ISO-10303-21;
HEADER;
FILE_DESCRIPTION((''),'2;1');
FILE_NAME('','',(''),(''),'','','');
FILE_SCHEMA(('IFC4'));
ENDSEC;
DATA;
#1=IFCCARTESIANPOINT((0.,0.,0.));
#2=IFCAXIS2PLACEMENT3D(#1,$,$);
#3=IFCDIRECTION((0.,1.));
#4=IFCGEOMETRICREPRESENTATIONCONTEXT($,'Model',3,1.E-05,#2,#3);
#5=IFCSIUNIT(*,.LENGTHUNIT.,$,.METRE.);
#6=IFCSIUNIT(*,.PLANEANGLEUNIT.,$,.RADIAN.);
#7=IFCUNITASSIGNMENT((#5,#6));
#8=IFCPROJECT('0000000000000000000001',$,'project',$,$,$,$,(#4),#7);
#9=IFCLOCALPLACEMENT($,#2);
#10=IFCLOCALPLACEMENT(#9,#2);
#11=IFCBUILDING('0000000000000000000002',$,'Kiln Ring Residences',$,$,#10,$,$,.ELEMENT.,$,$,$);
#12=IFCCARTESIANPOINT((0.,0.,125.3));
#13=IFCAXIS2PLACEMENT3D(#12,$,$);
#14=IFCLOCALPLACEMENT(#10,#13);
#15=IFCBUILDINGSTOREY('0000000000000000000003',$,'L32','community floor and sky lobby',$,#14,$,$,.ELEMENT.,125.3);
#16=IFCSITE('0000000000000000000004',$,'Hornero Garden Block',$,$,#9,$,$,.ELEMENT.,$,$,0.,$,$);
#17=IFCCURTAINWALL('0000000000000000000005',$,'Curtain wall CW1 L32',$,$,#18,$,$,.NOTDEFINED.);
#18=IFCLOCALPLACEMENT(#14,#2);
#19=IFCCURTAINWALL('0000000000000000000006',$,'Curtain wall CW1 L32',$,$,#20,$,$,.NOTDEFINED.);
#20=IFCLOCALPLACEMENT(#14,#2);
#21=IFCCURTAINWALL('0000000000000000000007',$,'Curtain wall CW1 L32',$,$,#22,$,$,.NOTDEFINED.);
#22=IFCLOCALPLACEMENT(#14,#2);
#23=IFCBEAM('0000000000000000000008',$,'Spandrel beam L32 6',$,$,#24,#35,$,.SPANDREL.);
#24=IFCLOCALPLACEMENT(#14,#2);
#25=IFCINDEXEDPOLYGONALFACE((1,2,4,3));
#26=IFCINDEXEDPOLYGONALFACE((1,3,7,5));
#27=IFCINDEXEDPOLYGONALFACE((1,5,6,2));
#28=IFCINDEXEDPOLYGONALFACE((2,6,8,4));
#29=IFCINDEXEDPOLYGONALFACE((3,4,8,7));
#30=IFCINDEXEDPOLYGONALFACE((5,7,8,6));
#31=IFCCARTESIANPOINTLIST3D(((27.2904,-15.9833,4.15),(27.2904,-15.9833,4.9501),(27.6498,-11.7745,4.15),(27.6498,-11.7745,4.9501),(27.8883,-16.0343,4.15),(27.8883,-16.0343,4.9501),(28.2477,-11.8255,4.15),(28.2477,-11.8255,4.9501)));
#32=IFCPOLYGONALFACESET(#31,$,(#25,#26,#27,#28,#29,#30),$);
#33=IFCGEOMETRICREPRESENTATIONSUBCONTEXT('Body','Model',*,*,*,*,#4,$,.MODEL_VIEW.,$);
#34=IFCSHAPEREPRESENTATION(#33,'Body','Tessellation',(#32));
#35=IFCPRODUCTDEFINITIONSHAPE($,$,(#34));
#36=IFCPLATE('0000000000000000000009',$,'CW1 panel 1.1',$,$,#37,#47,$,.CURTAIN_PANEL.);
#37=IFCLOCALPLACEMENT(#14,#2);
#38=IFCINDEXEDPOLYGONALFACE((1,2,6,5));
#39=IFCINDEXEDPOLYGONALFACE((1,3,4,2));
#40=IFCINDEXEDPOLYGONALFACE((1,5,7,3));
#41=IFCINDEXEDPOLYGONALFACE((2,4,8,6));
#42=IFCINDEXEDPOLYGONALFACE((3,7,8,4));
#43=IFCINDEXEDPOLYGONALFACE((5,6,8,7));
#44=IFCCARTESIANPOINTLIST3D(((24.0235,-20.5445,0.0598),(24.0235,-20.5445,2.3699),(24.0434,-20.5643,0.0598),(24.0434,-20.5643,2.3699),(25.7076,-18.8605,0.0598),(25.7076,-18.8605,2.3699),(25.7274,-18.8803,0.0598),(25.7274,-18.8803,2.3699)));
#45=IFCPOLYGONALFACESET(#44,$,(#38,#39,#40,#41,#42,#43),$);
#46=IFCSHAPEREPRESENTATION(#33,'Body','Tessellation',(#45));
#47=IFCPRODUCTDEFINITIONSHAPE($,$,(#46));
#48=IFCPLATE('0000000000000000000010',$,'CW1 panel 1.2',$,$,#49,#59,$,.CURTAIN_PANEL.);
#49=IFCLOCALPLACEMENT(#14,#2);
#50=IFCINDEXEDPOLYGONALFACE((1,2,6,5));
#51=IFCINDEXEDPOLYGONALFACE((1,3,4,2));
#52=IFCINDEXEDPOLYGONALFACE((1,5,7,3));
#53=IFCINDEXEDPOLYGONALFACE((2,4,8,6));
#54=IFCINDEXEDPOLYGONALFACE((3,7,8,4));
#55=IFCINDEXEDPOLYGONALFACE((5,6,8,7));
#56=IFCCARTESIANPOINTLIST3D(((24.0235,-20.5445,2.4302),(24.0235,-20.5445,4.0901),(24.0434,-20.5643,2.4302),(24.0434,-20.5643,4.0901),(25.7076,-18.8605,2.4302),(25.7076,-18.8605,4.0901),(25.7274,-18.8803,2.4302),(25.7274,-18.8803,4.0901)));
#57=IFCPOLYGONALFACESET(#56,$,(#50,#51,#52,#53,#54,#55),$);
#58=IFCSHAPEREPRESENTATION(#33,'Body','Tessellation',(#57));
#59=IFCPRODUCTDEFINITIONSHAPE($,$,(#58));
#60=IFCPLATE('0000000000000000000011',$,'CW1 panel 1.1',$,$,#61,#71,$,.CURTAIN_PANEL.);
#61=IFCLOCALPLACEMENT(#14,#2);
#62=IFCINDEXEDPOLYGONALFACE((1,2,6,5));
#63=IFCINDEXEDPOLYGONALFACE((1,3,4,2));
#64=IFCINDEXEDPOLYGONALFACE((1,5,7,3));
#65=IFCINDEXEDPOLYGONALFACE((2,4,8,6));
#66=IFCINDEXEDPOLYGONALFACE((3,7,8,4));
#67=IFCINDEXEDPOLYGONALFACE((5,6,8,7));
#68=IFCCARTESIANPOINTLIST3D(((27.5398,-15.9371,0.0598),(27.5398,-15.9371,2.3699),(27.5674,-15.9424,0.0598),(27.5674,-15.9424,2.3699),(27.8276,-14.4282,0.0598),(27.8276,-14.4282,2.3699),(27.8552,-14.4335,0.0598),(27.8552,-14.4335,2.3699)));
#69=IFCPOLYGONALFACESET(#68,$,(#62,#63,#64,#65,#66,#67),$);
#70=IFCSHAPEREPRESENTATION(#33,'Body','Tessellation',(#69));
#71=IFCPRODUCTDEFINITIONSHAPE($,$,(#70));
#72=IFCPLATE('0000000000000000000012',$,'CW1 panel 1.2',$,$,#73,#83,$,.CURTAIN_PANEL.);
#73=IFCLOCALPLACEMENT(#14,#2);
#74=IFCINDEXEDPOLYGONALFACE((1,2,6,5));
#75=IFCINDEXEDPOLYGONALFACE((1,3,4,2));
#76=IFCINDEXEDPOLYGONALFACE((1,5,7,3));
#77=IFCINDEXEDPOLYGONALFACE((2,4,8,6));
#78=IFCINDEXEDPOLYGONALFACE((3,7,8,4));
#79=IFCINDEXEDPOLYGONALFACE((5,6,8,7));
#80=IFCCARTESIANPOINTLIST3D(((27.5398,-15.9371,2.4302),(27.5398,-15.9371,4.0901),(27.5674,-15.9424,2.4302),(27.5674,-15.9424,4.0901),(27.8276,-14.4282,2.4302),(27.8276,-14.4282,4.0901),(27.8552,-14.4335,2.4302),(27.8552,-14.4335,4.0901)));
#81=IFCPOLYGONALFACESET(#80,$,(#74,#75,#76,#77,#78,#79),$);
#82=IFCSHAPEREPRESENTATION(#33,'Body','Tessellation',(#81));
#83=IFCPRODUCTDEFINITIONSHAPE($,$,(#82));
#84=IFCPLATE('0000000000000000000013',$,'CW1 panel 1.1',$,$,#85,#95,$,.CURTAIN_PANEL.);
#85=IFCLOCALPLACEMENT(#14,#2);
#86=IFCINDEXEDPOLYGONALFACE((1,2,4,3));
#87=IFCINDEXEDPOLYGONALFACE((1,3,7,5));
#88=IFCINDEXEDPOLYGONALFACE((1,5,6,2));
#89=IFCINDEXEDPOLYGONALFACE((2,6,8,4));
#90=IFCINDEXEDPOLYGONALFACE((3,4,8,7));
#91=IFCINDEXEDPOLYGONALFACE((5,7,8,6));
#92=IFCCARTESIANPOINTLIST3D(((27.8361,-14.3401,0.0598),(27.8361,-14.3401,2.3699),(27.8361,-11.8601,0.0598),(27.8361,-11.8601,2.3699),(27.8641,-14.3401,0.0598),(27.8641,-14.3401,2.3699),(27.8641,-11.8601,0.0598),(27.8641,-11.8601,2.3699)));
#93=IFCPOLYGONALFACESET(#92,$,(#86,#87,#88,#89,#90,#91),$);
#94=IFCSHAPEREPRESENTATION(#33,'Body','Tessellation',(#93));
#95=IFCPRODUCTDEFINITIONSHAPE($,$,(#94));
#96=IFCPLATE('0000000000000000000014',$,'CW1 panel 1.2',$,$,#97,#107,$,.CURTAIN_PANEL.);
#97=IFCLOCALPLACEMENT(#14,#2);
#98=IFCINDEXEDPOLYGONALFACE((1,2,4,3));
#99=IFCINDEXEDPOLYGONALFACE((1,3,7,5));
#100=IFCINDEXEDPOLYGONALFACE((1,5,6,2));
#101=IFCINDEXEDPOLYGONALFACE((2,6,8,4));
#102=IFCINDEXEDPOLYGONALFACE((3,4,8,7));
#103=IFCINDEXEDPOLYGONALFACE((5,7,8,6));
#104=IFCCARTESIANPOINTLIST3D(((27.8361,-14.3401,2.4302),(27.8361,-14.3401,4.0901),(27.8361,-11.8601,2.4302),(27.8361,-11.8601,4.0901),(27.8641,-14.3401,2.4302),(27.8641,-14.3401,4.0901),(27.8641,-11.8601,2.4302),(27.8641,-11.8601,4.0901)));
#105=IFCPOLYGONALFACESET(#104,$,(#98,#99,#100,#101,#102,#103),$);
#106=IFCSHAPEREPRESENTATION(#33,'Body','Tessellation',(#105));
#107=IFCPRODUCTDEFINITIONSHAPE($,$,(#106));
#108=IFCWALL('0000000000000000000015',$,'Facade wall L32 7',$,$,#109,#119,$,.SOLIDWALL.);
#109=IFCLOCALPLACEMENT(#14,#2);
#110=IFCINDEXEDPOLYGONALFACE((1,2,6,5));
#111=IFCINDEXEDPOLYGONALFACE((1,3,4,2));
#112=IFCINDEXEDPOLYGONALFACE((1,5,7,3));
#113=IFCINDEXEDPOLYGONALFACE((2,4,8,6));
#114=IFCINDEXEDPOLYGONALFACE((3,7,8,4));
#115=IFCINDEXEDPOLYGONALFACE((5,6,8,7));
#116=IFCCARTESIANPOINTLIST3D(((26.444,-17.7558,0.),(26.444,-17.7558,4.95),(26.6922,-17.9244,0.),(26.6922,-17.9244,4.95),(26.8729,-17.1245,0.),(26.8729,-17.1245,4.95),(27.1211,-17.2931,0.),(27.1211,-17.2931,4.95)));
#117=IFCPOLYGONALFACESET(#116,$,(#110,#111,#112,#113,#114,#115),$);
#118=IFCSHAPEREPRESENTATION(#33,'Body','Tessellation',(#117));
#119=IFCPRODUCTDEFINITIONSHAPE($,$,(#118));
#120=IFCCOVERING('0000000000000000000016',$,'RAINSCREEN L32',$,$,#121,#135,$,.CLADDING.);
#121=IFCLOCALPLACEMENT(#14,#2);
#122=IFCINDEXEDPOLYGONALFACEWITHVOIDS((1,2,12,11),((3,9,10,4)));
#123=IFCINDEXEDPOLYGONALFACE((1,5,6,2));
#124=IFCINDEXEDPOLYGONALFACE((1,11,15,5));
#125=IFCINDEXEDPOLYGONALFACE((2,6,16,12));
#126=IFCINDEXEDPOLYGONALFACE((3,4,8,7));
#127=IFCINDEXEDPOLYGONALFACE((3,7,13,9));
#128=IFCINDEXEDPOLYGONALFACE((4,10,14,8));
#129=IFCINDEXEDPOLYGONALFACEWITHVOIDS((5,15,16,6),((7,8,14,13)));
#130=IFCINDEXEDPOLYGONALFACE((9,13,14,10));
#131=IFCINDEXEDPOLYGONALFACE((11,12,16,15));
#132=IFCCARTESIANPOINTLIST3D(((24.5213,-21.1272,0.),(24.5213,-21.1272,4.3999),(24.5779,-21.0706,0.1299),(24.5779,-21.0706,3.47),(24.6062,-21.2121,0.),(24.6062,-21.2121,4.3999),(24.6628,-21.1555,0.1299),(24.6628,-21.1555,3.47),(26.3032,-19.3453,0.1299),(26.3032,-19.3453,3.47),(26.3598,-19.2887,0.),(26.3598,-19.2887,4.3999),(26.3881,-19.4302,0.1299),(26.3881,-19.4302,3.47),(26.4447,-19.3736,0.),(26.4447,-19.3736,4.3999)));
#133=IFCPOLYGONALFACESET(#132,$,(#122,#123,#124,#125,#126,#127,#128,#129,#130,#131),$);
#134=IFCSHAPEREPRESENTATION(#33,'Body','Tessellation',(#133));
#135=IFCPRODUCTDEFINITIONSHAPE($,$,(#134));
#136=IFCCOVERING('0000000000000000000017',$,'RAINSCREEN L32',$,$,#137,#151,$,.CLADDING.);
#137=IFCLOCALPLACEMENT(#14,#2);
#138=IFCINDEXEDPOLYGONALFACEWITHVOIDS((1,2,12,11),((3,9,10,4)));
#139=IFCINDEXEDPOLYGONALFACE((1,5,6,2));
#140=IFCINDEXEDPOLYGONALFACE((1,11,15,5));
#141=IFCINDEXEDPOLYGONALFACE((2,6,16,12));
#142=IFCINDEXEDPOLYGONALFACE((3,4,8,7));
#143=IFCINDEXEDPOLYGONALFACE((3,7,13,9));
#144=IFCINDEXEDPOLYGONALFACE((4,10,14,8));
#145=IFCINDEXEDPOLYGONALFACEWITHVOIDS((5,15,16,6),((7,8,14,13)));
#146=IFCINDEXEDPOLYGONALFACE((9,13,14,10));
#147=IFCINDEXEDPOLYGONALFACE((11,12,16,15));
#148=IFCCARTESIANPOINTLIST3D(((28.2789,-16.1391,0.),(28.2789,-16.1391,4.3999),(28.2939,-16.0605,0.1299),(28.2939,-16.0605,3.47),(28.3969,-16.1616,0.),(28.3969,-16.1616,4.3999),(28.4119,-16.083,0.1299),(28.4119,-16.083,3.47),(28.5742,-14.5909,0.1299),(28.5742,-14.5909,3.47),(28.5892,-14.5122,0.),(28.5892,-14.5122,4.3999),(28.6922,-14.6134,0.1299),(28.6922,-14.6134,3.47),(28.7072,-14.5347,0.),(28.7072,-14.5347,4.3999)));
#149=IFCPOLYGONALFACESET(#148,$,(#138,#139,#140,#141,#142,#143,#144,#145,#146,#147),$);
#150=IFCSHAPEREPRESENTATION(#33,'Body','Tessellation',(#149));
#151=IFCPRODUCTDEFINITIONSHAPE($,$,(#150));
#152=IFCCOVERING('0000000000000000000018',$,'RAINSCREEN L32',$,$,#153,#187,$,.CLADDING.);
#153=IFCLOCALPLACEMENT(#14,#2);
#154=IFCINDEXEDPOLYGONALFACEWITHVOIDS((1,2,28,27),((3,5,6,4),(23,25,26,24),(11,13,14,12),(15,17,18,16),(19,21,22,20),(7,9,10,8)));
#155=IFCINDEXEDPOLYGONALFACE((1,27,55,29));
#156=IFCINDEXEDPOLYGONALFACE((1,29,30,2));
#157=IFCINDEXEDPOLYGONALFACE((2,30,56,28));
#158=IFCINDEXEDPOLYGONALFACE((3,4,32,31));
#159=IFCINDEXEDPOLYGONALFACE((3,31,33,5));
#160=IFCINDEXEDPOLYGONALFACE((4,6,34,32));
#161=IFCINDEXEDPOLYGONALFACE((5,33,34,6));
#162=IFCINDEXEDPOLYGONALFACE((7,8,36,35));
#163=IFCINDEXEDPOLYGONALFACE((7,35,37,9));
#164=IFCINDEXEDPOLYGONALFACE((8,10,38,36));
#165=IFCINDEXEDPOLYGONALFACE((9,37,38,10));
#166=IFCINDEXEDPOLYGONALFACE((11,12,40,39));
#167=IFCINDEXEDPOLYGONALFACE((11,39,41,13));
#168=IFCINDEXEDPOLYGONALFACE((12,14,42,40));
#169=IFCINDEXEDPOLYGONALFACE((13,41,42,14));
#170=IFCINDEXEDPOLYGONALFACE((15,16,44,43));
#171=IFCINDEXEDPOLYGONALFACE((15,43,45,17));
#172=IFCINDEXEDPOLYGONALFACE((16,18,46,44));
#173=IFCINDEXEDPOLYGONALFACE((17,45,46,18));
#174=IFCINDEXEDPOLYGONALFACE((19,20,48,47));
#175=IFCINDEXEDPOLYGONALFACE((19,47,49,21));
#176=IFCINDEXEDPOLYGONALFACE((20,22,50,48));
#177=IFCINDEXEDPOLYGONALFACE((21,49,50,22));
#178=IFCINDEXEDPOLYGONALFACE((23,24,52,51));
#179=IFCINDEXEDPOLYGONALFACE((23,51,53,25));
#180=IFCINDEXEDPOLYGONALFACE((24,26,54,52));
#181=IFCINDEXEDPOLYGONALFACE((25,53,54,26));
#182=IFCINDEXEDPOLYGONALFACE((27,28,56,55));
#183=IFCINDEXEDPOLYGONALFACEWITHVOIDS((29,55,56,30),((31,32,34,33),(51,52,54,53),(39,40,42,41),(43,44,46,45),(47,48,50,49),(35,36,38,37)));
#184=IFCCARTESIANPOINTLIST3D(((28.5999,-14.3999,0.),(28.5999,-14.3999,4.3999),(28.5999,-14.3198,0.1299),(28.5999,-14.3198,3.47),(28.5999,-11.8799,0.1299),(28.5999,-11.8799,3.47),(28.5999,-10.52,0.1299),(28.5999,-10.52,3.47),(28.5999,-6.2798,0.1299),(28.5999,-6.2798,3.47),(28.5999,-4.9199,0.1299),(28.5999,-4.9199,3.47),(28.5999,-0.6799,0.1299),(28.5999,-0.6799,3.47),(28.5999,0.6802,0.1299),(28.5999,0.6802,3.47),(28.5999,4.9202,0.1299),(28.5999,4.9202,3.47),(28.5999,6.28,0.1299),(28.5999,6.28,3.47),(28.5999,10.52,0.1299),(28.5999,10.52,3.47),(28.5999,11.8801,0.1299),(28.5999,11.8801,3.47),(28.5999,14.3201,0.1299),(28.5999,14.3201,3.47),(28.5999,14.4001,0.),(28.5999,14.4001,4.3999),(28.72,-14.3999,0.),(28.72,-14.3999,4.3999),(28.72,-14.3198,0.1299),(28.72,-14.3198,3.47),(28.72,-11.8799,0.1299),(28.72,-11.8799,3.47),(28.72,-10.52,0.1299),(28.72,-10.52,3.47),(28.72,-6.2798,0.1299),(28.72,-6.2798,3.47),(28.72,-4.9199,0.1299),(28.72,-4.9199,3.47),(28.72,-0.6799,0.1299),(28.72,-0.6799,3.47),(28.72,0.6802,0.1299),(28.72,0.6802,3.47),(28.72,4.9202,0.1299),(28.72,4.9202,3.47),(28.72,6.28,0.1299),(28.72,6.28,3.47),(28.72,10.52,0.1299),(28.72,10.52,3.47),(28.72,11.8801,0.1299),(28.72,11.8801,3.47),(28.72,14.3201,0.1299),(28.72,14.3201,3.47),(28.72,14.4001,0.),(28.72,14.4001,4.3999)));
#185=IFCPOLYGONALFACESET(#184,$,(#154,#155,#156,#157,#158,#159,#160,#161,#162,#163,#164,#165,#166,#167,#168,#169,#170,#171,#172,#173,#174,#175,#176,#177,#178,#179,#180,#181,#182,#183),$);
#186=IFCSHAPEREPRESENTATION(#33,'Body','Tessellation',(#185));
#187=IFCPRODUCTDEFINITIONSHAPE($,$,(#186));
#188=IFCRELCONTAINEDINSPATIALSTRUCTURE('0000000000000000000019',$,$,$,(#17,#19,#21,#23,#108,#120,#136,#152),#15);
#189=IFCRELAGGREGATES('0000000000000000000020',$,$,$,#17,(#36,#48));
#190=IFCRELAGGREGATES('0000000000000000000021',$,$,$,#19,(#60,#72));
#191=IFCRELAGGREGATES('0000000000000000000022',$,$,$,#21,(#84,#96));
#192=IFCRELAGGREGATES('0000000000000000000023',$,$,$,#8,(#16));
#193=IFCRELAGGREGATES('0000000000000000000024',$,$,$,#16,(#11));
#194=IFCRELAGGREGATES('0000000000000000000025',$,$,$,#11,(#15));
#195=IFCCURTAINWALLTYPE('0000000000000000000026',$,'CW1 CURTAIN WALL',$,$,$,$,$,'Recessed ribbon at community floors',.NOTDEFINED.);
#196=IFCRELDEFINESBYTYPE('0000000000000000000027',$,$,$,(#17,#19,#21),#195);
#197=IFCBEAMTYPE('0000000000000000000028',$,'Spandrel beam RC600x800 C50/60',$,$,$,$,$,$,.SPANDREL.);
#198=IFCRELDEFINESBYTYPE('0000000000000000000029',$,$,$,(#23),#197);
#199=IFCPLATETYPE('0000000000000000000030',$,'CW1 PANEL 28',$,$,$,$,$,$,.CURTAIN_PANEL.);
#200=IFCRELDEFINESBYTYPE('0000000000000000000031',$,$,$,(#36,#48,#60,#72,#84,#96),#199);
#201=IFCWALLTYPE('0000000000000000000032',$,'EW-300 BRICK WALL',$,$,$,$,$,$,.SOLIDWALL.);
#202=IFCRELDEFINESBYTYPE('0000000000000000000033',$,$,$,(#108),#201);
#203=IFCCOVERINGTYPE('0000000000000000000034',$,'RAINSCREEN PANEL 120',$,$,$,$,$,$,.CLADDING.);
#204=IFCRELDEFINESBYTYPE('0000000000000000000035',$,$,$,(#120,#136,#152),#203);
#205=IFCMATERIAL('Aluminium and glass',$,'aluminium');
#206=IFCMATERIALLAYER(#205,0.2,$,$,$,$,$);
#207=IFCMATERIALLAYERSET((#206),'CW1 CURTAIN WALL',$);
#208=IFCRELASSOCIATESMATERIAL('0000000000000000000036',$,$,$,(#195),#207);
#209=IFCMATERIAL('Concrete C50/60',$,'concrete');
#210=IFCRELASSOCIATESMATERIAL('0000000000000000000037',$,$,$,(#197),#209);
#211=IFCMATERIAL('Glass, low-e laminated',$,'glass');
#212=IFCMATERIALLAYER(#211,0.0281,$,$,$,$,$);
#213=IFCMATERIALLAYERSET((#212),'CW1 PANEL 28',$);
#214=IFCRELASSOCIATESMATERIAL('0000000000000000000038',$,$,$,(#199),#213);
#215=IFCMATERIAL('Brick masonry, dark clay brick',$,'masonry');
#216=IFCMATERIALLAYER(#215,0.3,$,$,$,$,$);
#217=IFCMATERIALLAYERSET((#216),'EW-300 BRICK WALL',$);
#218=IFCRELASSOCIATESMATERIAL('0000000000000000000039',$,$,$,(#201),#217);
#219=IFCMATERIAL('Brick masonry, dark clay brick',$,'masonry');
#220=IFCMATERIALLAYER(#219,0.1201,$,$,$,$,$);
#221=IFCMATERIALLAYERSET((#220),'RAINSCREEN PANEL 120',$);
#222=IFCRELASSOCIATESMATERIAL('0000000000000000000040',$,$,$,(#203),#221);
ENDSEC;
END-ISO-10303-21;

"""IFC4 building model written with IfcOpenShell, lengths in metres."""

from ifc_helpers import new_model, si_unit, direction, frame, frame_2d, origin, origin_2d, place, context, subcontext, project, spatial, polyline, rectangle, outline, extrude, material, layer, layer_set, material_profile, profile_set, type_object, element, aggregate, save


model = new_model("IFC4")

# Units and contexts
model_context = context("Model", 3, precision=1e-05, world=origin(), true_north=direction((0.0, 1.0)))
body_context = subcontext(model_context, "Body", "Model", "MODEL_VIEW")
ifc_project = project(units=[si_unit("LENGTHUNIT", "METRE"), si_unit("PLANEANGLEUNIT", "RADIAN")], contexts=[model_context])

# Site, building, storey
site_placement = place(None, origin())
site = spatial("IfcSite", under=ifc_project, at=site_placement, Name="Hornero Garden Block", CompositionType="ELEMENT", RefElevation=0.0)
building_placement = place(site_placement, origin())
building = spatial("IfcBuilding", under=site, at=building_placement, Name="Kiln Ring Residences", CompositionType="ELEMENT")
storey_placement = place(building_placement, frame((0.0, 0.0, 125.3)))
storey = spatial("IfcBuildingStorey", under=building, at=storey_placement, Name="L32", Description="community floor and sky lobby", CompositionType="ELEMENT", Elevation=125.3)

# Curtain wall
ifc_material_1 = material(Name="Aluminium and glass", Category="aluminium")
ifc_layer_1 = layer(ifc_material_1, 0.2)
ifc_layer_set_1 = layer_set([ifc_layer_1], Name="CW1 CURTAIN WALL")
curtain_wall_type = type_object("IfcCurtainWallType", Name="CW1 CURTAIN WALL", ElementType="Recessed ribbon at community floors", PredefinedType="NOTDEFINED", material=ifc_layer_set_1)
placement = place(storey_placement, origin())
curtain_wall_1 = element("IfcCurtainWall", 1, at=placement, inside=storey, type_object=curtain_wall_type, Name="Curtain wall CW1 L32", PredefinedType="NOTDEFINED")

# Curtain wall
curtain_wall_2 = element("IfcCurtainWall", 2, at=placement, inside=storey, type_object=curtain_wall_type, Name="Curtain wall CW1 L32", PredefinedType="NOTDEFINED")

# Curtain wall
curtain_wall_3 = element("IfcCurtainWall", 3, at=placement, inside=storey, type_object=curtain_wall_type, Name="Curtain wall CW1 L32", PredefinedType="NOTDEFINED")

# Beam
ifc_material_2 = material(Name="Concrete C50/60", Category="concrete")
ifc_material_profile_1 = material_profile(ifc_material_2, rectangle(XDim=0.6001, YDim=0.8, at=origin_2d()), Name="RC600x800")
ifc_profile_set_1 = profile_set([ifc_material_profile_1], Name="Concrete C50/60")
beam_type = type_object("IfcBeamType", Name="Spandrel beam RC600x800 C50/60", PredefinedType="SPANDREL", material=ifc_profile_set_1)
beam_placement = place(storey_placement, frame((27.5894, -16.0088, 4.55), z_axis=(0.085078, 0.996374, 0.0), x_axis=(-0.996374, 0.085078, 0.0)))
element("IfcBeam", 4, at=beam_placement, inside=storey, type_object=beam_type, Name="Spandrel beam L32 6", PredefinedType="SPANDREL", context=body_context, shape_type="SweptSolid", body=[
    extrude(rectangle(XDim=0.6001, YDim=0.8, at=origin_2d()), origin(), (0.0, 0.0, 1.0), 4.2241),
])

# Plates
ifc_material_3 = material(Name="Glass, low-e laminated", Category="glass")
ifc_layer_2 = layer(ifc_material_3, 0.0281)
ifc_layer_set_2 = layer_set([ifc_layer_2], Name="CW1 PANEL 28")
plate_type = type_object("IfcPlateType", Name="CW1 PANEL 28", PredefinedType="CURTAIN_PANEL", material=ifc_layer_set_2)
plate_1_placement = place(storey_placement, frame((24.8755, -19.7124, 0.0598), z_axis=(0.0, 0.0, 1.0), x_axis=(0.707107, 0.707107, 0.0)))
plate_1 = element("IfcPlate", 5, at=plate_1_placement, type_object=plate_type, Name="CW1 panel 1.1", PredefinedType="CURTAIN_PANEL", context=body_context, shape_type="SweptSolid", body=[
    extrude(rectangle(XDim=2.3816, YDim=0.0281, at=origin_2d()), origin(), (0.0, 0.0, 1.0), 2.3101),
])
plate_2_placement = place(storey_placement, frame((24.8755, -19.7124, 2.4302), z_axis=(0.0, 0.0, 1.0), x_axis=(0.707107, 0.707107, 0.0)))
plate_2 = element("IfcPlate", 6, at=plate_2_placement, type_object=plate_type, Name="CW1 panel 1.2", PredefinedType="CURTAIN_PANEL", context=body_context, shape_type="SweptSolid", body=[
    extrude(rectangle(XDim=2.3816, YDim=0.0281, at=origin_2d()), origin(), (0.0, 0.0, 1.0), 1.6599),
])
aggregate(curtain_wall_1, [plate_1, plate_2])
plate_3_placement = place(storey_placement, frame((27.6975, -15.1853, 0.0598), z_axis=(0.0, 0.0, 1.0), x_axis=(0.187366, 0.98229, 0.0)))
plate_3 = element("IfcPlate", 7, at=plate_3_placement, type_object=plate_type, Name="CW1 panel 1.1", PredefinedType="CURTAIN_PANEL", context=body_context, shape_type="SweptSolid", body=[
    extrude(rectangle(XDim=1.5361, YDim=0.0281, at=origin_2d()), origin(), (0.0, 0.0, 1.0), 2.3101),
])
plate_4_placement = place(storey_placement, frame((27.6975, -15.1853, 2.4302), z_axis=(0.0, 0.0, 1.0), x_axis=(0.187366, 0.98229, 0.0)))
plate_4 = element("IfcPlate", 8, at=plate_4_placement, type_object=plate_type, Name="CW1 panel 1.2", PredefinedType="CURTAIN_PANEL", context=body_context, shape_type="SweptSolid", body=[
    extrude(rectangle(XDim=1.5361, YDim=0.0281, at=origin_2d()), origin(), (0.0, 0.0, 1.0), 1.6599),
])
aggregate(curtain_wall_2, [plate_3, plate_4])
plate_5_placement = place(storey_placement, frame((27.8501, -13.1001, 0.0598), z_axis=(0.0, 0.0, 1.0), x_axis=(0.0, 1.0, 0.0)))
plate_5 = element("IfcPlate", 9, at=plate_5_placement, type_object=plate_type, Name="CW1 panel 1.1", PredefinedType="CURTAIN_PANEL", context=body_context, shape_type="SweptSolid", body=[
    extrude(rectangle(XDim=2.48, YDim=0.0281, at=origin_2d()), origin(), (0.0, 0.0, 1.0), 2.3101),
])
plate_6_placement = place(storey_placement, frame((27.8501, -13.1001, 2.4302), z_axis=(0.0, 0.0, 1.0), x_axis=(0.0, 1.0, 0.0)))
plate_6 = element("IfcPlate", 10, at=plate_6_placement, type_object=plate_type, Name="CW1 panel 1.2", PredefinedType="CURTAIN_PANEL", context=body_context, shape_type="SweptSolid", body=[
    extrude(rectangle(XDim=2.48, YDim=0.0281, at=origin_2d()), origin(), (0.0, 0.0, 1.0), 1.6599),
])
aggregate(curtain_wall_3, [plate_5, plate_6])

# Wall
ifc_material_4 = material(Name="Brick masonry, dark clay brick", Category="masonry")
ifc_layer_3 = layer(ifc_material_4, 0.3)
ifc_layer_set_3 = layer_set([ifc_layer_3], Name="EW-300 BRICK WALL")
wall_type = type_object("IfcWallType", Name="EW-300 BRICK WALL", PredefinedType="SOLIDWALL", material=ifc_layer_set_3)
wall_placement = place(storey_placement, frame((26.5681, -17.8401, 0.0), z_axis=(0.0, 0.0, 1.0), x_axis=(0.561986, 0.827147, 0.0)))
element("IfcWall", 11, at=wall_placement, inside=storey, type_object=wall_type, Name="Facade wall L32 7", PredefinedType="SOLIDWALL", context=body_context, shape_type="SweptSolid", body=[
    extrude(rectangle(XDim=0.7632, YDim=0.3, at=frame_2d((0.3816, 0.0))), origin(), (0.0, 0.0, 1.0), 4.95),
])

# Coverings
ifc_material_5 = material(Name="Brick masonry, dark clay brick", Category="masonry")
ifc_layer_4 = layer(ifc_material_5, 0.1201)
ifc_layer_set_4 = layer_set([ifc_layer_4], Name="RAINSCREEN PANEL 120")
covering_type = type_object("IfcCoveringType", Name="RAINSCREEN PANEL 120", PredefinedType="CLADDING", material=ifc_layer_set_4)
covering_1_placement = place(storey_placement, frame((24.5637, -21.1697, 0.0), z_axis=(0.0, 0.0, 1.0), x_axis=(0.707107, 0.707107, 0.0)))
element("IfcCovering", 12, at=covering_1_placement, inside=storey, type_object=covering_type, Name="RAINSCREEN L32", PredefinedType="CLADDING", context=body_context, shape_type="SweptSolid", body=[
    extrude(outline(polyline([(0.0, 0.0), (2.6001, 0.0), (2.6001, 4.3999), (0.0, 4.3999), (0.0, 0.0)]), holes=[polyline([(0.0801, 3.47), (0.0801, 0.1299), (2.52, 0.1299), (2.52, 3.47), (0.0801, 3.47)])]), frame((0.0, 0.0601, 0.0), z_axis=(0.0, -1.0, 0.0), x_axis=(1.0, 0.0, 0.0)), (0.0, 0.0, 1.0), 0.1201),
])
covering_2_placement = place(storey_placement, frame((28.3379, -16.1504, 0.0), z_axis=(0.0, 0.0, 1.0), x_axis=(0.187376, 0.982288, 0.0)))
element("IfcCovering", 13, at=covering_2_placement, inside=storey, type_object=covering_type, Name="RAINSCREEN L32", PredefinedType="CLADDING", context=body_context, shape_type="SweptSolid", body=[
    extrude(outline(polyline([(0.0, 0.0), (1.6562, 0.0), (1.6562, 4.3999), (0.0, 4.3999), (0.0, 0.0)]), holes=[polyline([(0.0801, 3.47), (0.0801, 0.1299), (1.5762, 0.1299), (1.5762, 3.47), (0.0801, 3.47)])]), frame((0.0, 0.0601, 0.0), z_axis=(0.0, -1.0, 0.0), x_axis=(1.0, 0.0, 0.0)), (0.0, 0.0, 1.0), 0.1201),
])
covering_3_placement = place(storey_placement, frame((28.6599, -14.3999, 0.0), z_axis=(0.0, 0.0, 1.0), x_axis=(0.0, 1.0, 0.0)))
element("IfcCovering", 14, at=covering_3_placement, inside=storey, type_object=covering_type, Name="RAINSCREEN L32", PredefinedType="CLADDING", context=body_context, shape_type="SweptSolid", body=[
    extrude(outline(polyline([(0.0, 0.0), (28.8, 0.0), (28.8, 4.3999), (0.0, 4.3999), (0.0, 0.0)]), holes=[polyline([(2.52, 0.1299), (2.52, 3.47), (0.0801, 3.47), (0.0801, 0.1299), (2.52, 0.1299)]), polyline([(3.8799, 0.1299), (8.1201, 0.1299), (8.1201, 3.47), (3.8799, 3.47), (3.8799, 0.1299)]), polyline([(9.48, 0.1299), (13.72, 0.1299), (13.72, 3.47), (9.48, 3.47), (9.48, 0.1299)]), polyline([(19.3201, 0.1299), (19.3201, 3.47), (15.0801, 3.47), (15.0801, 0.1299), (19.3201, 0.1299)]), polyline([(20.6799, 0.1299), (24.9199, 0.1299), (24.9199, 3.47), (20.6799, 3.47), (20.6799, 0.1299)]), polyline([(26.28, 0.1299), (28.72, 0.1299), (28.72, 3.47), (26.28, 3.47), (26.28, 0.1299)])]), frame((0.0, 0.0601, 0.0), z_axis=(0.0, -1.0, 0.0), x_axis=(1.0, 0.0, 0.0)), (0.0, 0.0, 1.0), 0.1201),
])

save(model, "model.ifc")
